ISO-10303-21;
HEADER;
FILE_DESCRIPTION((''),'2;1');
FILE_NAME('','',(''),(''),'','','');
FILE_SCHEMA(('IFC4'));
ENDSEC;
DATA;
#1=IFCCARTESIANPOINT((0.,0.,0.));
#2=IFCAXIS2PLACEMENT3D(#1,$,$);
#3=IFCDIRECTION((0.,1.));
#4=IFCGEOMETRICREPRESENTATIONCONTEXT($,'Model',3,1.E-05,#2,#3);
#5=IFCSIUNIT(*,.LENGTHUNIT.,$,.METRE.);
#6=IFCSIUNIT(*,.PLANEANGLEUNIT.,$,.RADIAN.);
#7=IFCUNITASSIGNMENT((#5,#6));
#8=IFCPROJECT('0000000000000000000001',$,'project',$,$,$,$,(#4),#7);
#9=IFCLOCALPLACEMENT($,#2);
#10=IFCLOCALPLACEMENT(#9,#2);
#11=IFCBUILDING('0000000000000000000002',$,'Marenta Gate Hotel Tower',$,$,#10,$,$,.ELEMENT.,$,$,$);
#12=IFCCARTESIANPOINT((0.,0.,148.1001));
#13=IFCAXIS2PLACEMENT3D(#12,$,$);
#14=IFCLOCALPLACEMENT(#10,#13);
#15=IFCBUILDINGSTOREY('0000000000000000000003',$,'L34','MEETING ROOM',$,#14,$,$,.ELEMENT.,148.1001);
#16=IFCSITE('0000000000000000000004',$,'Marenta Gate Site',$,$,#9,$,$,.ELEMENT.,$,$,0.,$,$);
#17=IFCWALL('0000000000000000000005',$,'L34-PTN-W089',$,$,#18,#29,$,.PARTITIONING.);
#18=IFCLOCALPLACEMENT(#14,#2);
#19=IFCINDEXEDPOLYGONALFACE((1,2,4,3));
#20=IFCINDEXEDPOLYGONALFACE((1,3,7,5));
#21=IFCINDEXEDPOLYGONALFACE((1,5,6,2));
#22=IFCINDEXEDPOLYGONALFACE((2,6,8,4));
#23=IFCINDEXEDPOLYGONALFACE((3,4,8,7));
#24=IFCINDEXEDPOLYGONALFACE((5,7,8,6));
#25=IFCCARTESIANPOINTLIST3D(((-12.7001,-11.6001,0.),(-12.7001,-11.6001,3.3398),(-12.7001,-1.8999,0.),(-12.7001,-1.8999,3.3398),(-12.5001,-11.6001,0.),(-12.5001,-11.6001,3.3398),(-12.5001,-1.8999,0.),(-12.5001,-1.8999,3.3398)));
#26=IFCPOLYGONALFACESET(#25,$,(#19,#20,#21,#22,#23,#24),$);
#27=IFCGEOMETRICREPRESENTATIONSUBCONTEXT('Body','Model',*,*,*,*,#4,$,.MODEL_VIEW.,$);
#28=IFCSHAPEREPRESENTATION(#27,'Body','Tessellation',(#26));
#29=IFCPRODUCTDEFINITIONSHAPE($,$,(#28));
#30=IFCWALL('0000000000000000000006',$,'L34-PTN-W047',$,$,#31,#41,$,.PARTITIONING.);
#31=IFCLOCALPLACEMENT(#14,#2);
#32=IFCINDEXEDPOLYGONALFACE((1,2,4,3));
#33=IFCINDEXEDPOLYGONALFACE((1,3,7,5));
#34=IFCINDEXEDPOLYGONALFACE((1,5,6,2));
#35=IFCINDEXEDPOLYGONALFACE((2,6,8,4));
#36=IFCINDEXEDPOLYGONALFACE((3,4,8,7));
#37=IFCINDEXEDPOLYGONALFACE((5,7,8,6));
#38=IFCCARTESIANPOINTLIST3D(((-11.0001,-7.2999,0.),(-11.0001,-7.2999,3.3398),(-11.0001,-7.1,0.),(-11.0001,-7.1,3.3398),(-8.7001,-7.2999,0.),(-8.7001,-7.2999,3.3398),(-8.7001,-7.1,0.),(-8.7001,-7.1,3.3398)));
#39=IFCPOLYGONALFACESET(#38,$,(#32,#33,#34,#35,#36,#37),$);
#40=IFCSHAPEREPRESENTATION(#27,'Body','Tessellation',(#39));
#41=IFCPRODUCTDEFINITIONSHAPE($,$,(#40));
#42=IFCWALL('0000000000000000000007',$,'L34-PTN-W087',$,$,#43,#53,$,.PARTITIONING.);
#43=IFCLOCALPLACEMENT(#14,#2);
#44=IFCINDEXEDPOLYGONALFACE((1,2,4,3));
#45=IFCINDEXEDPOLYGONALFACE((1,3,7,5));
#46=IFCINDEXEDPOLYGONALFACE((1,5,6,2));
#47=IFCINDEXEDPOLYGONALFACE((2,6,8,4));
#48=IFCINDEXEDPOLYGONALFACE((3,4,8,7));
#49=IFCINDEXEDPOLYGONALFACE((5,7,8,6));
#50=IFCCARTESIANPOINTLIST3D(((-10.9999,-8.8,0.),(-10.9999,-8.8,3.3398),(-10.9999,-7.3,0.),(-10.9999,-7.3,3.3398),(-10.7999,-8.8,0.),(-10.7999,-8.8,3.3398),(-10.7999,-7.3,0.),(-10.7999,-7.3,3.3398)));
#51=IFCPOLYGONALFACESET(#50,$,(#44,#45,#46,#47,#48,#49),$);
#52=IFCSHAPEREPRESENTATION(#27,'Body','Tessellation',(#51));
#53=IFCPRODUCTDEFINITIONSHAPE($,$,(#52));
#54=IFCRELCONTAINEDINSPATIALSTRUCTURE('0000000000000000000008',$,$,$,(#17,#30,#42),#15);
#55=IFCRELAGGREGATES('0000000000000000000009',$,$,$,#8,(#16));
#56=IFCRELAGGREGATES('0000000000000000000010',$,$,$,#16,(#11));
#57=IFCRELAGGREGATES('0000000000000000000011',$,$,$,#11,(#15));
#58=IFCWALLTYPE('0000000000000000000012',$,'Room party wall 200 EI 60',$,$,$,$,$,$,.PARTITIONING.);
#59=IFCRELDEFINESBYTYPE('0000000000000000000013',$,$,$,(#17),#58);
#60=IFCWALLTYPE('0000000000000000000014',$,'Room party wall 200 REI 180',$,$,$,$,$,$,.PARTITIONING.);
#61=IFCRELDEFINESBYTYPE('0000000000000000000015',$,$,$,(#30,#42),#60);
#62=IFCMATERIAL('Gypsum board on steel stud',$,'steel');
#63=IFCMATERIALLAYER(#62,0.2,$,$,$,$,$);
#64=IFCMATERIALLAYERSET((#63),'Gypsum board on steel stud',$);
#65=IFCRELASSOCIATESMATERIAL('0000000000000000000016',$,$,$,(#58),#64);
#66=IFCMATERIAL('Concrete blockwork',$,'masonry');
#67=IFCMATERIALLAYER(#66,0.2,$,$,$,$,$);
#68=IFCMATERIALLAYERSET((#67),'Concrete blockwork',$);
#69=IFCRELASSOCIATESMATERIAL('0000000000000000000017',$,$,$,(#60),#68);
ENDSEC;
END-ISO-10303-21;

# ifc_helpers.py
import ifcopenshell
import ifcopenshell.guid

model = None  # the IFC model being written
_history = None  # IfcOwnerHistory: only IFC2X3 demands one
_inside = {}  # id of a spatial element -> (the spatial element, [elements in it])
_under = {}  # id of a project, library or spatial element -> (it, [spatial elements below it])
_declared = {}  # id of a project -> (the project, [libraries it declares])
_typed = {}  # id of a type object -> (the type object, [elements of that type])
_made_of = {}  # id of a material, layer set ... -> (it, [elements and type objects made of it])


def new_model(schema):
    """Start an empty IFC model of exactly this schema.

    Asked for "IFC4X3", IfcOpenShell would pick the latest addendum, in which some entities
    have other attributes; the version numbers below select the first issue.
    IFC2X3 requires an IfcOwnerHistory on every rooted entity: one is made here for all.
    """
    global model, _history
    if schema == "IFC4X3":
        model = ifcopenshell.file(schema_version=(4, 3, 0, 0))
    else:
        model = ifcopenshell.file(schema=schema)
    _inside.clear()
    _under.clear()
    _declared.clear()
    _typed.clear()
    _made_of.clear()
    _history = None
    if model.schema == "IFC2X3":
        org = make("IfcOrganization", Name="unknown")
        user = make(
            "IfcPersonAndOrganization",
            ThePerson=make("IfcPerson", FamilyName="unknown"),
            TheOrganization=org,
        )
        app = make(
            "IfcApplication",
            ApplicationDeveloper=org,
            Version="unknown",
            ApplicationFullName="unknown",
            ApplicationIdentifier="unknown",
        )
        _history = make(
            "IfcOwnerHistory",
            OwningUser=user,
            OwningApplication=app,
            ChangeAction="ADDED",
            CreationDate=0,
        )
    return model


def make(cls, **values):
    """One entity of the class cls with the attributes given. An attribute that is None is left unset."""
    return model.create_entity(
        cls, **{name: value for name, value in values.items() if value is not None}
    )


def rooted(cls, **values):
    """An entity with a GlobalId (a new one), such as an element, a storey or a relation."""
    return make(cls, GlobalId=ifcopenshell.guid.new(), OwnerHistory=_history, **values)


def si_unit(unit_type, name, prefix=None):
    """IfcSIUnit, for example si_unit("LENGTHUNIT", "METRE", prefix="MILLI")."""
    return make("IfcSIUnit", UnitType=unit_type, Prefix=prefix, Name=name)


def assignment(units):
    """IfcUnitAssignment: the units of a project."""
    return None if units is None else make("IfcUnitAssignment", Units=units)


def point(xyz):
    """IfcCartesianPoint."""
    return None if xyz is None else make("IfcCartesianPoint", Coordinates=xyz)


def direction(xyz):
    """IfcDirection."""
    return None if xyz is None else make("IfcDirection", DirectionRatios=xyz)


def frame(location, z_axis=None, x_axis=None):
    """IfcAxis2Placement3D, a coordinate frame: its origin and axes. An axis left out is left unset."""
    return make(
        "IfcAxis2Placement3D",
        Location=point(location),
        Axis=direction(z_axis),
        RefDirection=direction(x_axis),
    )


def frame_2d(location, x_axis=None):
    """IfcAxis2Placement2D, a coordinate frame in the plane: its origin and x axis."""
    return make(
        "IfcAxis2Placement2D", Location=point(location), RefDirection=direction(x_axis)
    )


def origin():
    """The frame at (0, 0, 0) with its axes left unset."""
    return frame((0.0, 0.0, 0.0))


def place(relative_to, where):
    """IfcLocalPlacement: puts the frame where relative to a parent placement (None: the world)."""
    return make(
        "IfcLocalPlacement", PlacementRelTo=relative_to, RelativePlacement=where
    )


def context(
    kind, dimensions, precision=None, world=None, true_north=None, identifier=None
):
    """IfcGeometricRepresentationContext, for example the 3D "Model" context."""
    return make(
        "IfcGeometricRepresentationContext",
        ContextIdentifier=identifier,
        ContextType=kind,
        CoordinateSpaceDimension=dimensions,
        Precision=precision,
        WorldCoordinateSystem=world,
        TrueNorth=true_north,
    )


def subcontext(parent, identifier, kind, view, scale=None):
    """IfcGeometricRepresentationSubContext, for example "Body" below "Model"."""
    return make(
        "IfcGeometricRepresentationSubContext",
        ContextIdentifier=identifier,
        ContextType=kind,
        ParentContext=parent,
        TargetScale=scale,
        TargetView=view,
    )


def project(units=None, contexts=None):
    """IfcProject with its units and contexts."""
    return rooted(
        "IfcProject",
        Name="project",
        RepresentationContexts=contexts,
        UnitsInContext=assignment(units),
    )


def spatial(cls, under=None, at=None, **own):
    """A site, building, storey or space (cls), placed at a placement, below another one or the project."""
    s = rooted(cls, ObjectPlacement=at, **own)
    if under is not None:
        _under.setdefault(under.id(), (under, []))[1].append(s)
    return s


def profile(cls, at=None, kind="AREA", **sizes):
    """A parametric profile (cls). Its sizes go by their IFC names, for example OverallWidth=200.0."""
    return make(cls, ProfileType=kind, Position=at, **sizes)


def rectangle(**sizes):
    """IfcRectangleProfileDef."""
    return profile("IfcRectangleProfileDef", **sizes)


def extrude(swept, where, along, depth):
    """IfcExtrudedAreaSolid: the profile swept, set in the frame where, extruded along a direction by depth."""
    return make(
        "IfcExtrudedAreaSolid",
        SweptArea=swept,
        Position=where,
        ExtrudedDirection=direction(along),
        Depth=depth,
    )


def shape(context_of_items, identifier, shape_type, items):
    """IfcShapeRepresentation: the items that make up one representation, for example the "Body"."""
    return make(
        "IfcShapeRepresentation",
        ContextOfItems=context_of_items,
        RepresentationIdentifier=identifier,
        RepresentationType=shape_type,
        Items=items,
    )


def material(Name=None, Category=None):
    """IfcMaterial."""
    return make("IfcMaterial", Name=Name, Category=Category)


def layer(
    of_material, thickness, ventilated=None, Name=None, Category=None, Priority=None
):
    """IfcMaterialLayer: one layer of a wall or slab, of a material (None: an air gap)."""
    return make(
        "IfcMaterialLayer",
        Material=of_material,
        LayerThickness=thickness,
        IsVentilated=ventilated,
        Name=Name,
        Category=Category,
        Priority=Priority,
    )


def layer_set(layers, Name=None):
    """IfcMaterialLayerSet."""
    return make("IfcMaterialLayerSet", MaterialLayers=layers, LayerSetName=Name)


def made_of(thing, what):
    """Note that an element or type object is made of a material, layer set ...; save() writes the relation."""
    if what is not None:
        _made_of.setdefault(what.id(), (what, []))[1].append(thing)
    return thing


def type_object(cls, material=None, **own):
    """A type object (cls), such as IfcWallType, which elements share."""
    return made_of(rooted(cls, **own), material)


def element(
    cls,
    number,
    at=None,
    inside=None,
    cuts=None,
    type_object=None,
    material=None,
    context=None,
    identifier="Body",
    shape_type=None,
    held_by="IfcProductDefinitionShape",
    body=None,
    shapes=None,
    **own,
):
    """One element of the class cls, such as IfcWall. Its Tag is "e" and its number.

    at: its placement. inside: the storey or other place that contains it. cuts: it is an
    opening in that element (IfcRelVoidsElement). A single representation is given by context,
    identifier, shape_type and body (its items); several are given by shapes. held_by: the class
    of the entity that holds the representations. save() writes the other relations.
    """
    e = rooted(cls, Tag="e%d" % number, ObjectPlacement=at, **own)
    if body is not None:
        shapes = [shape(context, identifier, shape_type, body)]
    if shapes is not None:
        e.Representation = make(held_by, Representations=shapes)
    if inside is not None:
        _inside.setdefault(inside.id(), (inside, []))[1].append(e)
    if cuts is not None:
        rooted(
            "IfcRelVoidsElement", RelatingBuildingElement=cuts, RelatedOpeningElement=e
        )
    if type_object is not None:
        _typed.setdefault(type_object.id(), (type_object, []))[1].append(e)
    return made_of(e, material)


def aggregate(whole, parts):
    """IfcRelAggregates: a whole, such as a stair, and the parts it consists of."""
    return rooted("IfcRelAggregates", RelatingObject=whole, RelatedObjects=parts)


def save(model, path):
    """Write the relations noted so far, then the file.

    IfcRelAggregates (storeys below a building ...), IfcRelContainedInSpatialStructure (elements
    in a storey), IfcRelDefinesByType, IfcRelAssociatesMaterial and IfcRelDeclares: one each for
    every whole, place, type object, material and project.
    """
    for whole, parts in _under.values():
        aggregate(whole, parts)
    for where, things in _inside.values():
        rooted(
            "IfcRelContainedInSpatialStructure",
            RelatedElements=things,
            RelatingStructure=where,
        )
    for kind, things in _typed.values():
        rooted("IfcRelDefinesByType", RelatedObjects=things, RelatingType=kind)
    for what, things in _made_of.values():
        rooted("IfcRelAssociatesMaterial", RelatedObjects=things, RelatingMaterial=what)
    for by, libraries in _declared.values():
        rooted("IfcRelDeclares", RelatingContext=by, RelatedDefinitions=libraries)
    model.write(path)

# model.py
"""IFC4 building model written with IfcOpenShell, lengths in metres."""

from ifc_helpers import new_model, si_unit, direction, frame, frame_2d, origin, place, context, subcontext, project, spatial, rectangle, extrude, material, layer, layer_set, type_object, element, save


model = new_model("IFC4")

# Units and contexts
model_context = context("Model", 3, precision=1e-05, world=origin(), true_north=direction((0.0, 1.0)))
body_context = subcontext(model_context, "Body", "Model", "MODEL_VIEW")
ifc_project = project(units=[si_unit("LENGTHUNIT", "METRE"), si_unit("PLANEANGLEUNIT", "RADIAN")], contexts=[model_context])

# Site, building, storey
site_placement = place(None, origin())
site = spatial("IfcSite", under=ifc_project, at=site_placement, Name="Marenta Gate Site", CompositionType="ELEMENT", RefElevation=0.0)
building_placement = place(site_placement, origin())
building = spatial("IfcBuilding", under=site, at=building_placement, Name="Marenta Gate Hotel Tower", CompositionType="ELEMENT")
storey_placement = place(building_placement, frame((0.0, 0.0, 148.1001)))
storey = spatial("IfcBuildingStorey", under=building, at=storey_placement, Name="L34", Description="MEETING ROOM", CompositionType="ELEMENT", Elevation=148.1001)

# Walls
ifc_material_1 = material(Name="Gypsum board on steel stud", Category="steel")
ifc_layer_1 = layer(ifc_material_1, 0.2)
ifc_layer_set_1 = layer_set([ifc_layer_1], Name="Gypsum board on steel stud")
wall_type_1 = type_object("IfcWallType", Name="Room party wall 200 EI 60", PredefinedType="PARTITIONING", material=ifc_layer_set_1)
wall_1_placement = place(storey_placement, frame((-12.6001, -11.6001, 0.0), z_axis=(0.0, 0.0, 1.0), x_axis=(0.0, 1.0, 0.0)))
element("IfcWall", 1, at=wall_1_placement, inside=storey, type_object=wall_type_1, Name="L34-PTN-W089", PredefinedType="PARTITIONING", context=body_context, shape_type="SweptSolid", body=[
    extrude(rectangle(XDim=9.7002, YDim=0.2, at=frame_2d((4.8501, 0.0))), origin(), (0.0, 0.0, 1.0), 3.3398),
])
ifc_material_2 = material(Name="Concrete blockwork", Category="masonry")
ifc_layer_2 = layer(ifc_material_2, 0.2)
ifc_layer_set_2 = layer_set([ifc_layer_2], Name="Concrete blockwork")
wall_type_2 = type_object("IfcWallType", Name="Room party wall 200 REI 180", PredefinedType="PARTITIONING", material=ifc_layer_set_2)
wall_2_placement = place(storey_placement, frame((-11.0, -7.2, 0.0), z_axis=(0.0, 0.0, 1.0), x_axis=(1.0, 0.0, 0.0)))
element("IfcWall", 2, at=wall_2_placement, inside=storey, type_object=wall_type_2, Name="L34-PTN-W047", PredefinedType="PARTITIONING", context=body_context, shape_type="SweptSolid", body=[
    extrude(rectangle(XDim=2.3, YDim=0.2, at=frame_2d((1.1499, 0.0))), origin(), (0.0, 0.0, 1.0), 3.3398),
])
wall_3_placement = place(storey_placement, frame((-10.8999, -8.8, 0.0), z_axis=(0.0, 0.0, 1.0), x_axis=(0.0, 1.0, 0.0)))
element("IfcWall", 3, at=wall_3_placement, inside=storey, type_object=wall_type_2, Name="L34-PTN-W087", PredefinedType="PARTITIONING", context=body_context, shape_type="SweptSolid", body=[
    extrude(rectangle(XDim=1.5, YDim=0.2, at=frame_2d((0.75, 0.0))), origin(), (0.0, 0.0, 1.0), 3.3398),
])

save(model, "model.ifc")
